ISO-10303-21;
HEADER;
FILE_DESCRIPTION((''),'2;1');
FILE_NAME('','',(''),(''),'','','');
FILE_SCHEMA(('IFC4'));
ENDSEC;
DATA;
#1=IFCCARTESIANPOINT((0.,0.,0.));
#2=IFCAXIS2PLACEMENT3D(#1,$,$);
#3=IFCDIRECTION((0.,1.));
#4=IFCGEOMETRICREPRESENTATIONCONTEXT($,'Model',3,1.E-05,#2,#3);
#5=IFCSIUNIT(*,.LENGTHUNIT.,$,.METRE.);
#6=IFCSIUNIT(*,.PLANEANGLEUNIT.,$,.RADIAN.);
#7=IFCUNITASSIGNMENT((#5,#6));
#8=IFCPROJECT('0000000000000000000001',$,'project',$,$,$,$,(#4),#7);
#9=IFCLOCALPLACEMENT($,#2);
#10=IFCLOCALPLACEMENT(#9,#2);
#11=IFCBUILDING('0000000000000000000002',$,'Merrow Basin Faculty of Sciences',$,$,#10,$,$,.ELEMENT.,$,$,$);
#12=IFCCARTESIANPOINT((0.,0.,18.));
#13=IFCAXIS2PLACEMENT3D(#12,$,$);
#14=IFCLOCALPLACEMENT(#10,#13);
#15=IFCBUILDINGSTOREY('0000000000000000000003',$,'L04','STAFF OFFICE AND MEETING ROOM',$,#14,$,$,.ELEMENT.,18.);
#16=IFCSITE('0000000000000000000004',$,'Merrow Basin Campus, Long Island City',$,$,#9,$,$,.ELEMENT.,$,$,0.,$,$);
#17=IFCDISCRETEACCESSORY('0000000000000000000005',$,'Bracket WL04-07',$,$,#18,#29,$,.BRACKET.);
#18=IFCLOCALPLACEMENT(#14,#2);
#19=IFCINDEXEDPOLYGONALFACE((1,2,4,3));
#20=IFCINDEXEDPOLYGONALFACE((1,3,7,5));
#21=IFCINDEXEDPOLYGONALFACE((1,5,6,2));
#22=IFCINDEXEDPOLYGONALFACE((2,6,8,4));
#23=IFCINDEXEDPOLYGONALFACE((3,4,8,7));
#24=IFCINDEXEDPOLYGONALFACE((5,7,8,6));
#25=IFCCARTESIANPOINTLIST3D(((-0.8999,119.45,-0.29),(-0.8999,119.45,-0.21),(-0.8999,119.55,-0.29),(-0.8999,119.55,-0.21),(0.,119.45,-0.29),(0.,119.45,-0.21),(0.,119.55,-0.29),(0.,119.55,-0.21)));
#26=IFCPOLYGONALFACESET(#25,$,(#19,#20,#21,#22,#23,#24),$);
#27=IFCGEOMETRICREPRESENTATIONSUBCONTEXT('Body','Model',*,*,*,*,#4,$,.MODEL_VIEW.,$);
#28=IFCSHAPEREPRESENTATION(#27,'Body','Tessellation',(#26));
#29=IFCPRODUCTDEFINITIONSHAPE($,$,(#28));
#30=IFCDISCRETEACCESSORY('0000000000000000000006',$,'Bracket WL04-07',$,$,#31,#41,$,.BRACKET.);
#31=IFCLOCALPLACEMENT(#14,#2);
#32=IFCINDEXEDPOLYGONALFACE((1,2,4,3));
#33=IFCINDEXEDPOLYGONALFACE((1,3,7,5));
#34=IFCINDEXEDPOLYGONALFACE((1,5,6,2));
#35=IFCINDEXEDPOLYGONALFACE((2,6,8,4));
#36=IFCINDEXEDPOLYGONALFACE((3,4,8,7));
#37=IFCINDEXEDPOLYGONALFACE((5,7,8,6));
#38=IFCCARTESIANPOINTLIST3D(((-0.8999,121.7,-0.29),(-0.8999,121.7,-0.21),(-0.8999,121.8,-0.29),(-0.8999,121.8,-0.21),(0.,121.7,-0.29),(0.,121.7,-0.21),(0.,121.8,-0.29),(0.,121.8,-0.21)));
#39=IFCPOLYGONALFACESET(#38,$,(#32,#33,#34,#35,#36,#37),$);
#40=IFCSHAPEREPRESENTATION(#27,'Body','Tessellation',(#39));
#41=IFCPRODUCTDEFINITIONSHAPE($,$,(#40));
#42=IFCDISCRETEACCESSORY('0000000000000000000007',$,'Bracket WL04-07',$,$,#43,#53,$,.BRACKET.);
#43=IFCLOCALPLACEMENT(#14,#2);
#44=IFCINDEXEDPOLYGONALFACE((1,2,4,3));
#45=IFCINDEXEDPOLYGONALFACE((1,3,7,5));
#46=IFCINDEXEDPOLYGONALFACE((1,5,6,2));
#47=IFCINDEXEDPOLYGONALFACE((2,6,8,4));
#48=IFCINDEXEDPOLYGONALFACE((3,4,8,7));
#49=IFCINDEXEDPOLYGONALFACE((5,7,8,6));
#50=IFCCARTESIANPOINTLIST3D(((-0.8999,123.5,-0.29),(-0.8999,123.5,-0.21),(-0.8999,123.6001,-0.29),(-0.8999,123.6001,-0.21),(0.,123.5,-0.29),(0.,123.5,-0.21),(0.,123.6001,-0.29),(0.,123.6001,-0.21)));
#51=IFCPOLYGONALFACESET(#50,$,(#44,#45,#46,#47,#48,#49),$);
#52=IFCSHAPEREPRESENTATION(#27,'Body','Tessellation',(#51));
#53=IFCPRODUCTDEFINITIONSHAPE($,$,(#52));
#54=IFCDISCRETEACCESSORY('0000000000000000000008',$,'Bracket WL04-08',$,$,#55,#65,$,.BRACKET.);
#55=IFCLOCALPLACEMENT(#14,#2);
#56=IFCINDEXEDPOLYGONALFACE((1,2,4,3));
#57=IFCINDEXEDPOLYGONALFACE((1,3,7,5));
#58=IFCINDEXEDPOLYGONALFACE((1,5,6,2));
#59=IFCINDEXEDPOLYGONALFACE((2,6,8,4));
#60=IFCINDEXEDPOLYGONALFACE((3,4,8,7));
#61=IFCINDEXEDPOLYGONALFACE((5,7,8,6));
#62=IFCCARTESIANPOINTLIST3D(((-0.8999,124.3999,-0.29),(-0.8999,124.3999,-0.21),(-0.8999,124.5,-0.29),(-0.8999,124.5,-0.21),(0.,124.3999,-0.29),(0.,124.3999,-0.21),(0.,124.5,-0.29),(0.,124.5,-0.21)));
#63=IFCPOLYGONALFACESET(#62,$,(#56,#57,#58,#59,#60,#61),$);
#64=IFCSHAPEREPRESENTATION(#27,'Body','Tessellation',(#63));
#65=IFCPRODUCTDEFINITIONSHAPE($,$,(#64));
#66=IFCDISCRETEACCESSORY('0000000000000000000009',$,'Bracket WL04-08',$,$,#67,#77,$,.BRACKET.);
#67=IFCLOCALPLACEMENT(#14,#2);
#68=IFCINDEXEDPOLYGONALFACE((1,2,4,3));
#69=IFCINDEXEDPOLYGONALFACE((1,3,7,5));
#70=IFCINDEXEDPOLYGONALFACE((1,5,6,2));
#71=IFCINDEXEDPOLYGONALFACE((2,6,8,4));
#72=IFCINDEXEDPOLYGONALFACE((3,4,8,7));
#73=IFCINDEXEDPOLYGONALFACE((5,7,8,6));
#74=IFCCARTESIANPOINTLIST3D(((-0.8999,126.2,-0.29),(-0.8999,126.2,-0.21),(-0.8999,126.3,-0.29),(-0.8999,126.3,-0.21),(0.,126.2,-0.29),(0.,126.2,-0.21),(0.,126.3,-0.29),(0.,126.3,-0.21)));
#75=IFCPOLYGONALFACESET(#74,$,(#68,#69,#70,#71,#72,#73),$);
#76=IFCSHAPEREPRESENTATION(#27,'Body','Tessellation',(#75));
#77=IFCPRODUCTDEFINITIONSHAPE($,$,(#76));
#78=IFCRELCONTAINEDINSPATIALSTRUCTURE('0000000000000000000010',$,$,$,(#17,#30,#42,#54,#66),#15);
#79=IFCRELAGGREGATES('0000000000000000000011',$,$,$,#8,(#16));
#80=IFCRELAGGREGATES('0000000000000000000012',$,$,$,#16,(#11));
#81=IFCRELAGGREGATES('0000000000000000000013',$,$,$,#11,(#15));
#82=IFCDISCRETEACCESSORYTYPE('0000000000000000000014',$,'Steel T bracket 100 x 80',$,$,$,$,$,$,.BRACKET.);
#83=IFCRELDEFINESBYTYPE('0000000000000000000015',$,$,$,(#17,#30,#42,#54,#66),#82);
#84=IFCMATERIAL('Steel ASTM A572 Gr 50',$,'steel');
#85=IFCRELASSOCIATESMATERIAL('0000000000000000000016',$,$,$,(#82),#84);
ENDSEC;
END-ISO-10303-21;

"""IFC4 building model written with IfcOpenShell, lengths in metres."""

from ifc_helpers import new_model, si_unit, direction, frame, origin, place, context, subcontext, project, spatial, polyline, outline, extrude, source, transform, mapped, material, type_object, element, save


model = new_model("IFC4")

# Units and contexts
model_context = context("Model", 3, precision=1e-05, world=origin(), true_north=direction((0.0, 1.0)))
body_context = subcontext(model_context, "Body", "Model", "MODEL_VIEW")
ifc_project = project(units=[si_unit("LENGTHUNIT", "METRE"), si_unit("PLANEANGLEUNIT", "RADIAN")], contexts=[model_context])

# Site, building, storey
site_placement = place(None, origin())
site = spatial("IfcSite", under=ifc_project, at=site_placement, Name="Merrow Basin Campus, Long Island City", CompositionType="ELEMENT", RefElevation=0.0)
building_placement = place(site_placement, origin())
building = spatial("IfcBuilding", under=site, at=building_placement, Name="Merrow Basin Faculty of Sciences", CompositionType="ELEMENT")
storey_placement = place(building_placement, frame((0.0, 0.0, 18.0)))
storey = spatial("IfcBuildingStorey", under=building, at=storey_placement, Name="L04", Description="STAFF OFFICE AND MEETING ROOM", CompositionType="ELEMENT", Elevation=18.0)

# Discrete accessories
ifc_material_1 = material(Name="Steel ASTM A572 Gr 50", Category="steel")
discrete_accessory_type = type_object("IfcDiscreteAccessoryType", Name="Steel T bracket 100 x 80", PredefinedType="BRACKET", material=ifc_material_1)
shared_shape_1 = source(origin(), body_context, "Body", "SweptSolid", [
    extrude(outline(polyline([(0.0, 0.0), (0.1001, 0.0), (0.1001, 0.0801), (0.0, 0.0801), (0.0, 0.0)])), origin(), (0.0, 0.0, 1.0), 0.8999),
])
for number, where, z_axis, x_axis, name in (
    (1, (-0.8999, 119.45, -0.29), (1.0, 0.0, 0.0), (0.0, 1.0, 0.0), "Bracket WL04-07"),
    (2, (-0.8999, 121.7, -0.29), (1.0, 0.0, 0.0), (0.0, 1.0, 0.0), "Bracket WL04-07"),
    (3, (-0.8999, 123.5, -0.29), (1.0, 0.0, 0.0), (0.0, 1.0, 0.0), "Bracket WL04-07"),
    (4, (-0.8999, 124.3999, -0.29), (1.0, 0.0, 0.0), (0.0, 1.0, 0.0), "Bracket WL04-08"),
    (5, (-0.8999, 126.2, -0.29), (1.0, 0.0, 0.0), (0.0, 1.0, 0.0), "Bracket WL04-08"),
):
    element("IfcDiscreteAccessory", number, at=place(storey_placement, frame(where, z_axis=z_axis, x_axis=x_axis)), inside=storey, type_object=discrete_accessory_type, Name=name, PredefinedType="BRACKET", context=body_context, shape_type="MappedRepresentation", body=[
        mapped(shared_shape_1, transform((0.0, 0.0, 0.0), scale=1.0)),
    ])

save(model, "model.ifc")
